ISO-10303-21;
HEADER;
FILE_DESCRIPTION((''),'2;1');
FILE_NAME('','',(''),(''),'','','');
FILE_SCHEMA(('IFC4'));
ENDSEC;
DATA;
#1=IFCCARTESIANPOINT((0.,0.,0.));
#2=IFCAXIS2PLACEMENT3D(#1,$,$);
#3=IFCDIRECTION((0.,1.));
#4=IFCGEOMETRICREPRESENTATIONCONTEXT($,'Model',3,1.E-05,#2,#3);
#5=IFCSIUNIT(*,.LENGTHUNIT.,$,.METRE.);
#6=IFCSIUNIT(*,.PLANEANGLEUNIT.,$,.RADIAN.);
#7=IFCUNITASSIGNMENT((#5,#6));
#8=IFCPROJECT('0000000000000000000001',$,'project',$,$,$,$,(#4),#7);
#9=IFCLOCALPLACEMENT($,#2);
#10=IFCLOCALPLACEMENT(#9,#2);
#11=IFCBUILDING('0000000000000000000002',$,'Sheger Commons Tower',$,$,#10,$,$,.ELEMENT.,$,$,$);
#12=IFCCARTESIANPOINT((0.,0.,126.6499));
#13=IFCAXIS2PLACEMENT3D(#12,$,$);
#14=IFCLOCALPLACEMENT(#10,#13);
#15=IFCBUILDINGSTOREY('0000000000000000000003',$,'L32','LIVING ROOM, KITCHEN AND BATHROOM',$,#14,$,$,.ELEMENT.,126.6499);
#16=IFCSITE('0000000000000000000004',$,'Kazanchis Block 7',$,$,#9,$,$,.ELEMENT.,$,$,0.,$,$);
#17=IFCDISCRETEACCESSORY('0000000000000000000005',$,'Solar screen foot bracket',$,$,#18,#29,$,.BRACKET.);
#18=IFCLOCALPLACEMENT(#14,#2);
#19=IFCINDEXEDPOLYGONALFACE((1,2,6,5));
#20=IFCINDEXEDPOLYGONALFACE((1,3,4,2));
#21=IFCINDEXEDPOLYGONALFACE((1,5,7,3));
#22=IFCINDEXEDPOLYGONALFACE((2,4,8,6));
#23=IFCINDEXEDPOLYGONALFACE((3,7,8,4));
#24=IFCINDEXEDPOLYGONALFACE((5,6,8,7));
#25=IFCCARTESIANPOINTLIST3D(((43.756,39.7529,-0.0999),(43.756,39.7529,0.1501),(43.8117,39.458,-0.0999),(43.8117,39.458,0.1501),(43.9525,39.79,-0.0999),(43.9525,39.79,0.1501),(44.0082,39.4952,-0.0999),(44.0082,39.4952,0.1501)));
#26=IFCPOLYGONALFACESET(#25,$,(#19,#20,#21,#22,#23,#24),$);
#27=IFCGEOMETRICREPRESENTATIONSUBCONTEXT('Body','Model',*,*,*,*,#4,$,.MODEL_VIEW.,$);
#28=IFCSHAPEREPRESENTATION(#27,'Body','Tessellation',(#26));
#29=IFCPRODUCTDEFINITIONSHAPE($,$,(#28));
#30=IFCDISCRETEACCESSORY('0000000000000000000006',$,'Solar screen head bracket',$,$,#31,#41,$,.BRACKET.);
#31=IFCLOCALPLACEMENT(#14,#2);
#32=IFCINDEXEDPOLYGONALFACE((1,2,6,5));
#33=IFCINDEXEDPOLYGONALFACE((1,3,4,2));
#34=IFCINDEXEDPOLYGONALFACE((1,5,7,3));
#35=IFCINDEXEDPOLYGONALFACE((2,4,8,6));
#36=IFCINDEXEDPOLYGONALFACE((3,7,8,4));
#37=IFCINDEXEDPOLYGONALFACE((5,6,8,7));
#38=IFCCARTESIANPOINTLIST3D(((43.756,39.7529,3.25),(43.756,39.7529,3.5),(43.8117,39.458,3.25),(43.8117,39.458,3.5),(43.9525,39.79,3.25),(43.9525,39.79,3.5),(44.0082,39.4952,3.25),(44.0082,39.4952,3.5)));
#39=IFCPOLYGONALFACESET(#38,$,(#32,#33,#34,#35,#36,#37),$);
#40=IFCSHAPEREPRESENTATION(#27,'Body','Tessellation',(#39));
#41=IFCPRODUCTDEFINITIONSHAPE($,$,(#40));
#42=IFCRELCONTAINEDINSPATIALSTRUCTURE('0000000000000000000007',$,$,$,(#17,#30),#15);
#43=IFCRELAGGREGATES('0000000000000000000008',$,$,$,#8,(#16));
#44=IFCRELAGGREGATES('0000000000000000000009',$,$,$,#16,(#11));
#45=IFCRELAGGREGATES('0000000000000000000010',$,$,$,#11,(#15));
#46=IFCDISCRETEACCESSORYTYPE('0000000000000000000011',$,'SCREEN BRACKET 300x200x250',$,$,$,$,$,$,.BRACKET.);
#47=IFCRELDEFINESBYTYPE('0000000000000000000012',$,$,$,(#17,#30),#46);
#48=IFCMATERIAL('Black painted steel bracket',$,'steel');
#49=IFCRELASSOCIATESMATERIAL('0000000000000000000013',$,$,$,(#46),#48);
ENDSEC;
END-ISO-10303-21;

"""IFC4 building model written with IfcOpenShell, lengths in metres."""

from ifc_helpers import new_model, si_unit, direction, frame, origin, origin_2d, place, context, subcontext, project, spatial, rectangle, extrude, material, type_object, element, save


model = new_model("IFC4")

# Units and contexts
model_context = context("Model", 3, precision=1e-05, world=origin(), true_north=direction((0.0, 1.0)))
body_context = subcontext(model_context, "Body", "Model", "MODEL_VIEW")
ifc_project = project(units=[si_unit("LENGTHUNIT", "METRE"), si_unit("PLANEANGLEUNIT", "RADIAN")], contexts=[model_context])

# Site, building, storey
site_placement = place(None, origin())
site = spatial("IfcSite", under=ifc_project, at=site_placement, Name="Kazanchis Block 7", CompositionType="ELEMENT", RefElevation=0.0)
building_placement = place(site_placement, origin())
building = spatial("IfcBuilding", under=site, at=building_placement, Name="Sheger Commons Tower", CompositionType="ELEMENT")
storey_placement = place(building_placement, frame((0.0, 0.0, 126.6499)))
storey = spatial("IfcBuildingStorey", under=building, at=storey_placement, Name="L32", Description="LIVING ROOM, KITCHEN AND BATHROOM", CompositionType="ELEMENT", Elevation=126.6499)

# Discrete accessories
ifc_material_1 = material(Name="Black painted steel bracket", Category="steel")
discrete_accessory_type = type_object("IfcDiscreteAccessoryType", Name="SCREEN BRACKET 300x200x250", PredefinedType="BRACKET", material=ifc_material_1)
for number, where, z_axis, x_axis, name in (
    (1, (43.8821, 39.624, -0.0999), (0.0, 0.0, 1.0), (-0.185615, 0.982623, 0.0), "Solar screen foot bracket"),
    (2, (43.8821, 39.624, 3.25), (0.0, 0.0, 1.0), (-0.185615, 0.982623, 0.0), "Solar screen head bracket"),
):
    element("IfcDiscreteAccessory", number, at=place(storey_placement, frame(where, z_axis=z_axis, x_axis=x_axis)), inside=storey, type_object=discrete_accessory_type, Name=name, PredefinedType="BRACKET", context=body_context, shape_type="SweptSolid", body=[
        extrude(rectangle(XDim=0.3, YDim=0.2, at=origin_2d()), origin(), (0.0, 0.0, 1.0), 0.25),
    ])

save(model, "model.ifc")
